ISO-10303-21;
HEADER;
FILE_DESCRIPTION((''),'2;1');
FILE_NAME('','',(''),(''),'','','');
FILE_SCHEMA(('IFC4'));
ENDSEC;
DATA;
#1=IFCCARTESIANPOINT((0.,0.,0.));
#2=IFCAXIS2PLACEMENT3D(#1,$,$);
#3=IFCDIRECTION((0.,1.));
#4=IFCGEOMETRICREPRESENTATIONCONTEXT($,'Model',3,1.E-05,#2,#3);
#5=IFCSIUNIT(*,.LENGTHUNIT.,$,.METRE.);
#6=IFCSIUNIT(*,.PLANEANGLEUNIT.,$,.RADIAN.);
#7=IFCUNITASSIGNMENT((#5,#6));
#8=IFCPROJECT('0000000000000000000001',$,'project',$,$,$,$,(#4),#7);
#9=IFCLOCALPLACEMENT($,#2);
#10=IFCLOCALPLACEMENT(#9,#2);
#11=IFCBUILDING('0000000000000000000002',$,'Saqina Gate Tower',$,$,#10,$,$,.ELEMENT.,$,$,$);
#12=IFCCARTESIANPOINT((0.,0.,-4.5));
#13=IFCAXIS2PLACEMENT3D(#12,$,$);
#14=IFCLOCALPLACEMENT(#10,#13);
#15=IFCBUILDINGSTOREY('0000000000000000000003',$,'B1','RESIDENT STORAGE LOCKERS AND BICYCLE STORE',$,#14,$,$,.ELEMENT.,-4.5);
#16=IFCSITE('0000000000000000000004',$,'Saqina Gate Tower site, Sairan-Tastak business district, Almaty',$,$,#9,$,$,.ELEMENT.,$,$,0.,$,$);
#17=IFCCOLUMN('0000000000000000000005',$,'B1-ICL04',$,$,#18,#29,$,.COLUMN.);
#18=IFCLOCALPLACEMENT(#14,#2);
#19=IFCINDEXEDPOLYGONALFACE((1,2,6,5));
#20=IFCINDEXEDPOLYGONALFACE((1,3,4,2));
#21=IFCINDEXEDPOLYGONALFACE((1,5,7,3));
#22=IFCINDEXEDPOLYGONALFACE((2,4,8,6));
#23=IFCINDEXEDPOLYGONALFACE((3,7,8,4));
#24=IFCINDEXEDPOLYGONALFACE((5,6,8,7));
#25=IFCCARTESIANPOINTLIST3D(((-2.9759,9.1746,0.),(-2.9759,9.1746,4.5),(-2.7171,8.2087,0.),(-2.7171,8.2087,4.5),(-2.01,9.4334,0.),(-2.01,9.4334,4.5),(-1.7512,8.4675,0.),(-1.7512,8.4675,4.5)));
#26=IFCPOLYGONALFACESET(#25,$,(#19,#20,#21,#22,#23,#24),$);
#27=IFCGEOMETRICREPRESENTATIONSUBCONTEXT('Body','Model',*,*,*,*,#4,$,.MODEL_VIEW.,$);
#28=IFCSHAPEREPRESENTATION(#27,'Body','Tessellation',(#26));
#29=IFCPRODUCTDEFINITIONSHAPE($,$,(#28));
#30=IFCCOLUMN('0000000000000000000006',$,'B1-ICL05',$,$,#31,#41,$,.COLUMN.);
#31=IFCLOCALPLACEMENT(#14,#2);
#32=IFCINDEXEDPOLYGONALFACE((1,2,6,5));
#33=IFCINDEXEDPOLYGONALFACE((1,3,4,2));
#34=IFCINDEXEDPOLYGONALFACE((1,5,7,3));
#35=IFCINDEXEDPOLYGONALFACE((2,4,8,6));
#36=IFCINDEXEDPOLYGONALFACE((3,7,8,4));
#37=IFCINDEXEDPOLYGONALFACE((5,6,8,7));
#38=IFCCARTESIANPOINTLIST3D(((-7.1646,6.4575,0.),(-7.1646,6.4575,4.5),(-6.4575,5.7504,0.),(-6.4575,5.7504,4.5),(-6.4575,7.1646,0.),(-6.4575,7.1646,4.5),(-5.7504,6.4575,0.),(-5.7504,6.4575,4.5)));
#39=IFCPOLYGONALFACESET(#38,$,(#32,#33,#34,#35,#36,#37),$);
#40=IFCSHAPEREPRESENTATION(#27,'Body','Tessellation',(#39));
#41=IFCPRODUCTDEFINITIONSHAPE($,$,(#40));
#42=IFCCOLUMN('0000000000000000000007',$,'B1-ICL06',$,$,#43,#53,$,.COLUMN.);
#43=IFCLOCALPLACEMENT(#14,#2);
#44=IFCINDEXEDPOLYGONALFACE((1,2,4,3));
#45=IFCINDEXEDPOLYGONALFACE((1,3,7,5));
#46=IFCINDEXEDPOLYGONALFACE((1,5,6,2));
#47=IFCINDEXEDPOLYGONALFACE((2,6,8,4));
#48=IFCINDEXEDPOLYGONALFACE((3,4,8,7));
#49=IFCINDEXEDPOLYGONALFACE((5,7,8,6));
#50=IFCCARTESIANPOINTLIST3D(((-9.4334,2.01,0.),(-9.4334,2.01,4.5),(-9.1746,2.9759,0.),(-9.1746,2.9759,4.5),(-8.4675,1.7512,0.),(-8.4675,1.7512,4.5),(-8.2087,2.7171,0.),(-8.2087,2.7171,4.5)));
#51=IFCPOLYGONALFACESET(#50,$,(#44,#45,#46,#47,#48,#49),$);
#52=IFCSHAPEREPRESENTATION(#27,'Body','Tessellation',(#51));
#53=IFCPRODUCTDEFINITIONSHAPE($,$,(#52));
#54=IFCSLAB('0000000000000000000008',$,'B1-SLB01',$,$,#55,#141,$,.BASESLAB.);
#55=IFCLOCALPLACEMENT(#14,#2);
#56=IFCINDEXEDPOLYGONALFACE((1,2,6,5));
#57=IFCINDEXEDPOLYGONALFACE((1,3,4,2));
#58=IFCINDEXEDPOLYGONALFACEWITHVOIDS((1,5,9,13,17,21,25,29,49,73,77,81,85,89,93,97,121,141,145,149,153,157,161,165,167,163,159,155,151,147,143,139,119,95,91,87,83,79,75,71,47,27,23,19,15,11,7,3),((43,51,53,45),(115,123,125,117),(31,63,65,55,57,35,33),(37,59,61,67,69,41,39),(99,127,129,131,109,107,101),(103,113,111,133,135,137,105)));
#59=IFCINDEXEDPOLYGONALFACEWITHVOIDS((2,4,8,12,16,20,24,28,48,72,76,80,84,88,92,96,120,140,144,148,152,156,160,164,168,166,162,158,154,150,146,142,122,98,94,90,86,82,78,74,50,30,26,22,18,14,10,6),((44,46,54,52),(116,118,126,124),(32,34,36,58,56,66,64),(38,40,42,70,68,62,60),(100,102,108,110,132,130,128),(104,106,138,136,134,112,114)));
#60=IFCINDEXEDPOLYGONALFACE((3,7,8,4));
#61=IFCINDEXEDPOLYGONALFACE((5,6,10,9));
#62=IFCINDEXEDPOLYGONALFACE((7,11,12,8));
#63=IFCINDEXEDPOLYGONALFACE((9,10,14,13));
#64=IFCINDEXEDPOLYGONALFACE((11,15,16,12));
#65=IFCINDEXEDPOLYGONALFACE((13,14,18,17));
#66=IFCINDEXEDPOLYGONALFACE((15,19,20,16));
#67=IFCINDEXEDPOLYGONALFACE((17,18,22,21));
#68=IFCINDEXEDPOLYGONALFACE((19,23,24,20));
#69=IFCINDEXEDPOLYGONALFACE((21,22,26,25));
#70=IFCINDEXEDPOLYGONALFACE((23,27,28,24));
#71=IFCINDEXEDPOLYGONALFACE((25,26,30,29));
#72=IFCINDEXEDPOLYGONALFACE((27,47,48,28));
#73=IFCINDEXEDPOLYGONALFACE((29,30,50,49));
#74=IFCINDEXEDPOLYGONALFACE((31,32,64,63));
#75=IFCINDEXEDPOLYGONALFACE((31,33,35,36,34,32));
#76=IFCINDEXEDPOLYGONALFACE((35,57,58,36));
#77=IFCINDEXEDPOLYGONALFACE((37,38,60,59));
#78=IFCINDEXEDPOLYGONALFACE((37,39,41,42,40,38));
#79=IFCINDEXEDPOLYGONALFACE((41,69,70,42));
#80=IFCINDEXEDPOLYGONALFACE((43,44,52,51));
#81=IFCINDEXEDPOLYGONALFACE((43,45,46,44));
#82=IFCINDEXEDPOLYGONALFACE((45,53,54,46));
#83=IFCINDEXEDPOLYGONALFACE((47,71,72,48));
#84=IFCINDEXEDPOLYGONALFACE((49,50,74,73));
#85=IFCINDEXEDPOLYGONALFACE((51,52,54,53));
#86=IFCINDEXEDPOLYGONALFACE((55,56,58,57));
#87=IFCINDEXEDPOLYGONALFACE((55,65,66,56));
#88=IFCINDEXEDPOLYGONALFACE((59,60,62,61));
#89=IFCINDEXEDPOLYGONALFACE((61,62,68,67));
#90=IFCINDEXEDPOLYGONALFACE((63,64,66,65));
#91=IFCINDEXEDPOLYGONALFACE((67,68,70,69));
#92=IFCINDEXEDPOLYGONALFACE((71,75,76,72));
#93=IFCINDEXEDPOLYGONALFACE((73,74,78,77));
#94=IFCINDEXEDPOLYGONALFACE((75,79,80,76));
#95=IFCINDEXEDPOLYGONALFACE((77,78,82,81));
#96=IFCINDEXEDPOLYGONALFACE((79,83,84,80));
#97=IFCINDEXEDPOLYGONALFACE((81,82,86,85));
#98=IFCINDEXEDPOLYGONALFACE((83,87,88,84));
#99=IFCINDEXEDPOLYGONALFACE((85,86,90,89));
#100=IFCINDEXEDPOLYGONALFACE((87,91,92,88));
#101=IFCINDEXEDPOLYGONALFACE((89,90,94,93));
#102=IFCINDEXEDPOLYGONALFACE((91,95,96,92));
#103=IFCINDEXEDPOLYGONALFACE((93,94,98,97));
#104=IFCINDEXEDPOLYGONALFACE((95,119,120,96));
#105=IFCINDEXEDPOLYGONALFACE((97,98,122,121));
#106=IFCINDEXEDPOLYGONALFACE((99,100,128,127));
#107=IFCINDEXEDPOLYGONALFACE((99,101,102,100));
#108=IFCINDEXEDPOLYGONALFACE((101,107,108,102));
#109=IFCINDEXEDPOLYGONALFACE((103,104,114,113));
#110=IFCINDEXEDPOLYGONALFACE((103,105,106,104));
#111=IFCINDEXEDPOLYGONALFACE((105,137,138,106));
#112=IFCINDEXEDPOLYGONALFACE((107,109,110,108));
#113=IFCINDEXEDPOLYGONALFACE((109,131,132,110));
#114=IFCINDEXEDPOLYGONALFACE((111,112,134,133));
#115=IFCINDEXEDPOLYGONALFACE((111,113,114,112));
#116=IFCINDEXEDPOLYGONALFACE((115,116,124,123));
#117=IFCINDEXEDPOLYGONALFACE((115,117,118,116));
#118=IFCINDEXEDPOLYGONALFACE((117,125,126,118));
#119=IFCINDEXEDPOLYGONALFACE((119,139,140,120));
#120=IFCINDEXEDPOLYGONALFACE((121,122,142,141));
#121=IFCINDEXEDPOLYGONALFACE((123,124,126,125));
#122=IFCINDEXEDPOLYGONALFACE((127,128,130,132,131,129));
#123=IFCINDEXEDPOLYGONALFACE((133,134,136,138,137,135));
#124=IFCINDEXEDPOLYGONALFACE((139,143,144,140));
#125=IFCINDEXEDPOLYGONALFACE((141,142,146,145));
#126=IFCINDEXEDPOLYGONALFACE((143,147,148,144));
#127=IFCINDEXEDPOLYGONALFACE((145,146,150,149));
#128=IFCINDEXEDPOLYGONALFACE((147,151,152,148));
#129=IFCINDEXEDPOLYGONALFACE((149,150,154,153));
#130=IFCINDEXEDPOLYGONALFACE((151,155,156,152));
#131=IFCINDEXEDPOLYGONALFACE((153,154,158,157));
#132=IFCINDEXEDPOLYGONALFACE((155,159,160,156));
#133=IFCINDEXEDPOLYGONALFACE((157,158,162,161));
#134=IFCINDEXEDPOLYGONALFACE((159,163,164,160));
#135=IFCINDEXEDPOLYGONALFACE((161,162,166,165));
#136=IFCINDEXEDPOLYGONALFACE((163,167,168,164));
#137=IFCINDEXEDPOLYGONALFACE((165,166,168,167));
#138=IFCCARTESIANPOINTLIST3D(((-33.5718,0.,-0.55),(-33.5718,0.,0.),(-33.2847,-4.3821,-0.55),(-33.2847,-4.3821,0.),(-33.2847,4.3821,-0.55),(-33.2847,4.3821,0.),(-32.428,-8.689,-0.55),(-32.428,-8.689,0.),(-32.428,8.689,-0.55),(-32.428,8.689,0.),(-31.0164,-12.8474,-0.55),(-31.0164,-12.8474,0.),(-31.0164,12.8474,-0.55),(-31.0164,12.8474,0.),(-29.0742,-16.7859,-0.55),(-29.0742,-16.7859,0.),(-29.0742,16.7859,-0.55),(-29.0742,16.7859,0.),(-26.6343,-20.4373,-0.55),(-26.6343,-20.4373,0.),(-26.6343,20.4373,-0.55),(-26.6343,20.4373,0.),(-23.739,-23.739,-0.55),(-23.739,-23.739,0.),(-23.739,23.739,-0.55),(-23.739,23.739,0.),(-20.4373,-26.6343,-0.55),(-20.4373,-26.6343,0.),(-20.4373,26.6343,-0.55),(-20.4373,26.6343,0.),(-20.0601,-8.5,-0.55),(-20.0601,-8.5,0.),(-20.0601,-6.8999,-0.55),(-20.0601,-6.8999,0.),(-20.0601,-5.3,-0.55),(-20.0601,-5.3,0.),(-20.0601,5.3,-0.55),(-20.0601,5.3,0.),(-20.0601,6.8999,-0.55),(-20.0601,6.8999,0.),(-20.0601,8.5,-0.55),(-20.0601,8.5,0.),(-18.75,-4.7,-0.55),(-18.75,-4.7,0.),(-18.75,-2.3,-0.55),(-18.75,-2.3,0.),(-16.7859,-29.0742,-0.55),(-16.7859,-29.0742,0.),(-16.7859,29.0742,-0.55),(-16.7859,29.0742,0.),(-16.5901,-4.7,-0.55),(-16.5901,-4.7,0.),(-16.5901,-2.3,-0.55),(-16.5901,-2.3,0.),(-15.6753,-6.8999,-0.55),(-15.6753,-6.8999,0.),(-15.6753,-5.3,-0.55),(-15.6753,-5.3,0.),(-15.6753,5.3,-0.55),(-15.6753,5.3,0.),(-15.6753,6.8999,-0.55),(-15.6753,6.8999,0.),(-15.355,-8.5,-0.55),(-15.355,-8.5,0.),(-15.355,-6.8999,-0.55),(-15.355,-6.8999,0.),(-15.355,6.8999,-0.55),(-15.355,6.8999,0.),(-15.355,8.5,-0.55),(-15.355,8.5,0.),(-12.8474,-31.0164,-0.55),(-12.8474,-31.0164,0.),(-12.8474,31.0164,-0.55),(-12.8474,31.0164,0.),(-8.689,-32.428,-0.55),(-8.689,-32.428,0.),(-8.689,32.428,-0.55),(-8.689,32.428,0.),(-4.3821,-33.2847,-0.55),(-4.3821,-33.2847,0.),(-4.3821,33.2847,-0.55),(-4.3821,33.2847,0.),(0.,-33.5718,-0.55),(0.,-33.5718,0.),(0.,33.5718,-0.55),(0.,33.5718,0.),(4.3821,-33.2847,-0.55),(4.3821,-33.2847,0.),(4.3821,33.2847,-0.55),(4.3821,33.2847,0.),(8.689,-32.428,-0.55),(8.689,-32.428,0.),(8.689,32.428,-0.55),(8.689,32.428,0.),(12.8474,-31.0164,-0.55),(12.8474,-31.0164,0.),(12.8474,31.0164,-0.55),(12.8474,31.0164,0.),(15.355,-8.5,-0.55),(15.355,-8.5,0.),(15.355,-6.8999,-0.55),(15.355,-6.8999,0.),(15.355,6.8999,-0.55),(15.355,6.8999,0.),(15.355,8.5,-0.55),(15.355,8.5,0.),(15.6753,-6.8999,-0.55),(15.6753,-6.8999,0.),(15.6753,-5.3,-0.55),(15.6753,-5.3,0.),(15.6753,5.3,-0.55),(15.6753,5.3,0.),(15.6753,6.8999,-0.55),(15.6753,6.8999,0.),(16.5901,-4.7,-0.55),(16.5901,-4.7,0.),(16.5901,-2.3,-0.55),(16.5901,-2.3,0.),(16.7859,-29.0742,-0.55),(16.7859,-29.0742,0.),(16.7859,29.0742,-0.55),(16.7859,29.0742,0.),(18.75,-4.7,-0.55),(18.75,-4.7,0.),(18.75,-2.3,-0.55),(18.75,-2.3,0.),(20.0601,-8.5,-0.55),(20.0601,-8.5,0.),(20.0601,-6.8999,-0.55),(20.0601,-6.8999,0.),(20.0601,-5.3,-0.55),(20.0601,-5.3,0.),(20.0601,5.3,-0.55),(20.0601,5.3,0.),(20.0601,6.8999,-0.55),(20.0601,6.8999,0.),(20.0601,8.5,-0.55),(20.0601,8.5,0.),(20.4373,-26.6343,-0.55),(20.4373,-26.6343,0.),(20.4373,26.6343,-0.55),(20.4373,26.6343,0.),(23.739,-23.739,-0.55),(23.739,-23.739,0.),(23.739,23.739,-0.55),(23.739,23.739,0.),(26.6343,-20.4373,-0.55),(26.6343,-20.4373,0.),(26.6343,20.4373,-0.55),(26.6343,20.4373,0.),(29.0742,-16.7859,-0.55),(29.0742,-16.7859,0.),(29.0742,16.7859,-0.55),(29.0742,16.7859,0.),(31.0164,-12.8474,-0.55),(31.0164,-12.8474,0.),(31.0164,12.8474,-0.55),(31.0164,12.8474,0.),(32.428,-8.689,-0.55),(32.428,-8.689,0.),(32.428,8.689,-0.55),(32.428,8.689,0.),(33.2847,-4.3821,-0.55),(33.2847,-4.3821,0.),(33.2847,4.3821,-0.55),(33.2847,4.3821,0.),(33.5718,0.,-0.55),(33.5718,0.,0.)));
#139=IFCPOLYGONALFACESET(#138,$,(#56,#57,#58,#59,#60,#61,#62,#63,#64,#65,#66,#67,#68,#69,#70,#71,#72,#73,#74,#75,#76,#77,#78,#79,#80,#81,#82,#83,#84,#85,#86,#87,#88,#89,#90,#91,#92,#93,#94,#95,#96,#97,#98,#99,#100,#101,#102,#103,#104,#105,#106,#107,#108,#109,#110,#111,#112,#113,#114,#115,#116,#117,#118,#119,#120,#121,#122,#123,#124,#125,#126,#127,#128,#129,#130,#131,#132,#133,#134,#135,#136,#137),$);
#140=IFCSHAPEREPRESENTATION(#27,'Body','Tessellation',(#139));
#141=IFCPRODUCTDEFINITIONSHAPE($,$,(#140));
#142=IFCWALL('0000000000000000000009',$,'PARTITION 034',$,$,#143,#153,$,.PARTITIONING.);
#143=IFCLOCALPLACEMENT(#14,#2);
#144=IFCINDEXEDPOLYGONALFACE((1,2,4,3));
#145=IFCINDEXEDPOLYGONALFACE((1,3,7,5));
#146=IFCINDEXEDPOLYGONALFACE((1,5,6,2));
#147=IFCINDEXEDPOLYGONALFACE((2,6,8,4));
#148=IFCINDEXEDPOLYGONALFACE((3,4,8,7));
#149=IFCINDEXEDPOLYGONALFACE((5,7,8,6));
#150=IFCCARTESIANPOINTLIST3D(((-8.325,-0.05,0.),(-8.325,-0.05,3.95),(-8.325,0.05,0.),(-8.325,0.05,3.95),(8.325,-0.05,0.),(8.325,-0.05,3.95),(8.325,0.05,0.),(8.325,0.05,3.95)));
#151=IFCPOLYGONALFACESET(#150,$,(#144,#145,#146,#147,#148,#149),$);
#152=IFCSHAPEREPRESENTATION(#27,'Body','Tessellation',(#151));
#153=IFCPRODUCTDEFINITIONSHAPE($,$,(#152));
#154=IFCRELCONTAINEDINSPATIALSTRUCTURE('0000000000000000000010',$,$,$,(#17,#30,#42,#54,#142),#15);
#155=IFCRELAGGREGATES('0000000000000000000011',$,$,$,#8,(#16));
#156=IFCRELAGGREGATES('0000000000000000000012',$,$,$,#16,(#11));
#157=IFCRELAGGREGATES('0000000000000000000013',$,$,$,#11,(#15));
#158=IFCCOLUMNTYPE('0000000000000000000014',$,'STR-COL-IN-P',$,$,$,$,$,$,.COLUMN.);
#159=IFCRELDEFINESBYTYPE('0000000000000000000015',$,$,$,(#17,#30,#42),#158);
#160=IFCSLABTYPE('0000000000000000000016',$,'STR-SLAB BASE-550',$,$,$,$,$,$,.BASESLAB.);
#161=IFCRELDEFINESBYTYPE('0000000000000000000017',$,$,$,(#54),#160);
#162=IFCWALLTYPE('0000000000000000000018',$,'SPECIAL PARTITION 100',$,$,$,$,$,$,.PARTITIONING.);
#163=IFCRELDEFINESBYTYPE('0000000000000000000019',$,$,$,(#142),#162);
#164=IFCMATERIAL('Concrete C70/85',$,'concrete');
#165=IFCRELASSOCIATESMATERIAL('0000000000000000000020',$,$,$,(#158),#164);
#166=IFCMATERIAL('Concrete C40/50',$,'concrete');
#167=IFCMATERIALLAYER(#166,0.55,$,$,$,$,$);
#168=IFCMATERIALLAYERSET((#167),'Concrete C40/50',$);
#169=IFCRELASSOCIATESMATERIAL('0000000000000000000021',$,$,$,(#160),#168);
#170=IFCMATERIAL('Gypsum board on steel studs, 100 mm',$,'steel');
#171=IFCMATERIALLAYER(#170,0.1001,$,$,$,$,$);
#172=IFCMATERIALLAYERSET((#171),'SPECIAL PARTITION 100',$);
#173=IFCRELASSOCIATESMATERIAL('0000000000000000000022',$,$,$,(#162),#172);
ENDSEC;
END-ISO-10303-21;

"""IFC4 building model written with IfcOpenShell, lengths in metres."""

from ifc_helpers import new_model, si_unit, direction, frame, frame_2d, origin, origin_2d, place, context, subcontext, project, spatial, polyline, rectangle, outline, extrude, material, layer, layer_set, material_profile, profile_set, type_object, element, save


model = new_model("IFC4")

# Units and contexts
model_context = context("Model", 3, precision=1e-05, world=origin(), true_north=direction((0.0, 1.0)))
body_context = subcontext(model_context, "Body", "Model", "MODEL_VIEW")
ifc_project = project(units=[si_unit("LENGTHUNIT", "METRE"), si_unit("PLANEANGLEUNIT", "RADIAN")], contexts=[model_context])

# Site, building, storey
site_placement = place(None, origin())
site = spatial("IfcSite", under=ifc_project, at=site_placement, Name="Saqina Gate Tower site, Sairan-Tastak business district, Almaty", CompositionType="ELEMENT", RefElevation=0.0)
building_placement = place(site_placement, origin())
building = spatial("IfcBuilding", under=site, at=building_placement, Name="Saqina Gate Tower", CompositionType="ELEMENT")
storey_placement = place(building_placement, frame((0.0, 0.0, -4.5)))
storey = spatial("IfcBuildingStorey", under=building, at=storey_placement, Name="B1", Description="RESIDENT STORAGE LOCKERS AND BICYCLE STORE", CompositionType="ELEMENT", Elevation=-4.5)

# Columns
ifc_material_1 = material(Name="Concrete C70/85", Category="concrete")
ifc_material_profile = material_profile(ifc_material_1, rectangle(XDim=1.0, YDim=1.0, at=origin_2d()), Name="RC 1000x1000")
ifc_profile_set = profile_set([ifc_material_profile], Name="Concrete C70/85")
column_type = type_object("IfcColumnType", Name="STR-COL-IN-P", PredefinedType="COLUMN", material=ifc_profile_set)
for number, where, z_axis, x_axis, name in (
    (1, (-2.3635, 8.821, 0.0), (0.0, 0.0, 1.0), (-0.258819, 0.965926, 0.0), "B1-ICL04"),
    (2, (-6.4575, 6.4575, 0.0), (0.0, 0.0, 1.0), (-0.707107, 0.707107, 0.0), "B1-ICL05"),
    (3, (-8.821, 2.3635, 0.0), (0.0, 0.0, 1.0), (-0.965926, 0.258819, 0.0), "B1-ICL06"),
):
    element("IfcColumn", number, at=place(storey_placement, frame(where, z_axis=z_axis, x_axis=x_axis)), inside=storey, type_object=column_type, Name=name, PredefinedType="COLUMN", context=body_context, shape_type="SweptSolid", body=[
        extrude(rectangle(XDim=1.0, YDim=1.0, at=origin_2d()), origin(), (0.0, 0.0, 1.0), 4.5),
    ])

# Slab
ifc_material_2 = material(Name="Concrete C40/50", Category="concrete")
ifc_layer_1 = layer(ifc_material_2, 0.55)
ifc_layer_set_1 = layer_set([ifc_layer_1], Name="Concrete C40/50")
slab_type = type_object("IfcSlabType", Name="STR-SLAB BASE-550", PredefinedType="BASESLAB", material=ifc_layer_set_1)
slab_placement = place(storey_placement, frame((0.0, 0.0, -0.55)))
element("IfcSlab", 4, at=slab_placement, inside=storey, type_object=slab_type, Name="B1-SLB01", PredefinedType="BASESLAB", context=body_context, shape_type="SweptSolid", body=[
    extrude(outline(polyline([(33.2847, -4.3821), (33.5718, 0.0), (33.2847, 4.3821), (32.428, 8.689), (31.0164, 12.8474), (29.0742, 16.7859), (26.6343, 20.4373), (23.739, 23.739), (20.4373, 26.6343), (16.7859, 29.0742), (12.8474, 31.0164), (8.689, 32.428), (4.3821, 33.2847), (0.0, 33.5718), (-4.3821, 33.2847), (-8.689, 32.428), (-12.8474, 31.0164), (-16.7859, 29.0742), (-20.4373, 26.6343), (-23.739, 23.739), (-26.6343, 20.4373), (-29.0742, 16.7859), (-31.0164, 12.8474), (-32.428, 8.689), (-33.2847, 4.3821), (-33.5718, 0.0), (-33.2847, -4.3821), (-32.428, -8.689), (-31.0164, -12.8474), (-29.0742, -16.7859), (-26.6343, -20.4373), (-23.739, -23.739), (-20.4373, -26.6343), (-16.7859, -29.0742), (-12.8474, -31.0164), (-8.689, -32.428), (-4.3821, -33.2847), (0.0, -33.5718), (4.3821, -33.2847), (8.689, -32.428), (12.8474, -31.0164), (16.7859, -29.0742), (20.4373, -26.6343), (23.739, -23.739), (26.6343, -20.4373), (29.0742, -16.7859), (31.0164, -12.8474), (32.428, -8.689), (33.2847, -4.3821)]), holes=[polyline([(-20.0601, -6.8999), (-20.0601, -5.3), (-15.6753, -5.3), (-15.6753, -6.8999), (-15.355, -6.8999), (-15.355, -8.5), (-20.0601, -8.5), (-20.0601, -6.8999)]), polyline([(15.355, -6.8999), (15.6753, -6.8999), (15.6753, -5.3), (20.0601, -5.3), (20.0601, -6.8999), (20.0601, -8.5), (15.355, -8.5), (15.355, -6.8999)]), polyline([(-16.5901, -2.3), (-16.5901, -4.7), (-18.75, -4.7), (-18.75, -2.3), (-16.5901, -2.3)]), polyline([(16.5901, -2.3), (18.75, -2.3), (18.75, -4.7), (16.5901, -4.7), (16.5901, -2.3)]), polyline([(-20.0601, 6.8999), (-20.0601, 8.5), (-15.355, 8.5), (-15.355, 6.8999), (-15.6753, 6.8999), (-15.6753, 5.3), (-20.0601, 5.3), (-20.0601, 6.8999)]), polyline([(15.6753, 5.3), (15.6753, 6.8999), (15.355, 6.8999), (15.355, 8.5), (20.0601, 8.5), (20.0601, 6.8999), (20.0601, 5.3), (15.6753, 5.3)])]), origin(), (0.0, 0.0, 1.0), 0.55),
])

# Wall
ifc_material_3 = material(Name="Gypsum board on steel studs, 100 mm", Category="steel")
ifc_layer_2 = layer(ifc_material_3, 0.1001)
ifc_layer_set_2 = layer_set([ifc_layer_2], Name="SPECIAL PARTITION 100")
wall_type_1 = type_object("IfcWallType", Name="SPECIAL PARTITION 100", PredefinedType="PARTITIONING", material=ifc_layer_set_2)
wall_1_placement = place(storey_placement, frame((-8.325, 0.0, 0.0), z_axis=(0.0, 0.0, 1.0), x_axis=(1.0, 0.0, 0.0)))
element("IfcWall", 5, at=wall_1_placement, inside=storey, type_object=wall_type_1, Name="PARTITION 034", PredefinedType="PARTITIONING", context=body_context, shape_type="SweptSolid", body=[
    extrude(rectangle(XDim=16.6499, YDim=0.1001, at=frame_2d((8.325, 0.0))), origin(), (0.0, 0.0, 1.0), 3.95),
])

save(model, "model.ifc")
